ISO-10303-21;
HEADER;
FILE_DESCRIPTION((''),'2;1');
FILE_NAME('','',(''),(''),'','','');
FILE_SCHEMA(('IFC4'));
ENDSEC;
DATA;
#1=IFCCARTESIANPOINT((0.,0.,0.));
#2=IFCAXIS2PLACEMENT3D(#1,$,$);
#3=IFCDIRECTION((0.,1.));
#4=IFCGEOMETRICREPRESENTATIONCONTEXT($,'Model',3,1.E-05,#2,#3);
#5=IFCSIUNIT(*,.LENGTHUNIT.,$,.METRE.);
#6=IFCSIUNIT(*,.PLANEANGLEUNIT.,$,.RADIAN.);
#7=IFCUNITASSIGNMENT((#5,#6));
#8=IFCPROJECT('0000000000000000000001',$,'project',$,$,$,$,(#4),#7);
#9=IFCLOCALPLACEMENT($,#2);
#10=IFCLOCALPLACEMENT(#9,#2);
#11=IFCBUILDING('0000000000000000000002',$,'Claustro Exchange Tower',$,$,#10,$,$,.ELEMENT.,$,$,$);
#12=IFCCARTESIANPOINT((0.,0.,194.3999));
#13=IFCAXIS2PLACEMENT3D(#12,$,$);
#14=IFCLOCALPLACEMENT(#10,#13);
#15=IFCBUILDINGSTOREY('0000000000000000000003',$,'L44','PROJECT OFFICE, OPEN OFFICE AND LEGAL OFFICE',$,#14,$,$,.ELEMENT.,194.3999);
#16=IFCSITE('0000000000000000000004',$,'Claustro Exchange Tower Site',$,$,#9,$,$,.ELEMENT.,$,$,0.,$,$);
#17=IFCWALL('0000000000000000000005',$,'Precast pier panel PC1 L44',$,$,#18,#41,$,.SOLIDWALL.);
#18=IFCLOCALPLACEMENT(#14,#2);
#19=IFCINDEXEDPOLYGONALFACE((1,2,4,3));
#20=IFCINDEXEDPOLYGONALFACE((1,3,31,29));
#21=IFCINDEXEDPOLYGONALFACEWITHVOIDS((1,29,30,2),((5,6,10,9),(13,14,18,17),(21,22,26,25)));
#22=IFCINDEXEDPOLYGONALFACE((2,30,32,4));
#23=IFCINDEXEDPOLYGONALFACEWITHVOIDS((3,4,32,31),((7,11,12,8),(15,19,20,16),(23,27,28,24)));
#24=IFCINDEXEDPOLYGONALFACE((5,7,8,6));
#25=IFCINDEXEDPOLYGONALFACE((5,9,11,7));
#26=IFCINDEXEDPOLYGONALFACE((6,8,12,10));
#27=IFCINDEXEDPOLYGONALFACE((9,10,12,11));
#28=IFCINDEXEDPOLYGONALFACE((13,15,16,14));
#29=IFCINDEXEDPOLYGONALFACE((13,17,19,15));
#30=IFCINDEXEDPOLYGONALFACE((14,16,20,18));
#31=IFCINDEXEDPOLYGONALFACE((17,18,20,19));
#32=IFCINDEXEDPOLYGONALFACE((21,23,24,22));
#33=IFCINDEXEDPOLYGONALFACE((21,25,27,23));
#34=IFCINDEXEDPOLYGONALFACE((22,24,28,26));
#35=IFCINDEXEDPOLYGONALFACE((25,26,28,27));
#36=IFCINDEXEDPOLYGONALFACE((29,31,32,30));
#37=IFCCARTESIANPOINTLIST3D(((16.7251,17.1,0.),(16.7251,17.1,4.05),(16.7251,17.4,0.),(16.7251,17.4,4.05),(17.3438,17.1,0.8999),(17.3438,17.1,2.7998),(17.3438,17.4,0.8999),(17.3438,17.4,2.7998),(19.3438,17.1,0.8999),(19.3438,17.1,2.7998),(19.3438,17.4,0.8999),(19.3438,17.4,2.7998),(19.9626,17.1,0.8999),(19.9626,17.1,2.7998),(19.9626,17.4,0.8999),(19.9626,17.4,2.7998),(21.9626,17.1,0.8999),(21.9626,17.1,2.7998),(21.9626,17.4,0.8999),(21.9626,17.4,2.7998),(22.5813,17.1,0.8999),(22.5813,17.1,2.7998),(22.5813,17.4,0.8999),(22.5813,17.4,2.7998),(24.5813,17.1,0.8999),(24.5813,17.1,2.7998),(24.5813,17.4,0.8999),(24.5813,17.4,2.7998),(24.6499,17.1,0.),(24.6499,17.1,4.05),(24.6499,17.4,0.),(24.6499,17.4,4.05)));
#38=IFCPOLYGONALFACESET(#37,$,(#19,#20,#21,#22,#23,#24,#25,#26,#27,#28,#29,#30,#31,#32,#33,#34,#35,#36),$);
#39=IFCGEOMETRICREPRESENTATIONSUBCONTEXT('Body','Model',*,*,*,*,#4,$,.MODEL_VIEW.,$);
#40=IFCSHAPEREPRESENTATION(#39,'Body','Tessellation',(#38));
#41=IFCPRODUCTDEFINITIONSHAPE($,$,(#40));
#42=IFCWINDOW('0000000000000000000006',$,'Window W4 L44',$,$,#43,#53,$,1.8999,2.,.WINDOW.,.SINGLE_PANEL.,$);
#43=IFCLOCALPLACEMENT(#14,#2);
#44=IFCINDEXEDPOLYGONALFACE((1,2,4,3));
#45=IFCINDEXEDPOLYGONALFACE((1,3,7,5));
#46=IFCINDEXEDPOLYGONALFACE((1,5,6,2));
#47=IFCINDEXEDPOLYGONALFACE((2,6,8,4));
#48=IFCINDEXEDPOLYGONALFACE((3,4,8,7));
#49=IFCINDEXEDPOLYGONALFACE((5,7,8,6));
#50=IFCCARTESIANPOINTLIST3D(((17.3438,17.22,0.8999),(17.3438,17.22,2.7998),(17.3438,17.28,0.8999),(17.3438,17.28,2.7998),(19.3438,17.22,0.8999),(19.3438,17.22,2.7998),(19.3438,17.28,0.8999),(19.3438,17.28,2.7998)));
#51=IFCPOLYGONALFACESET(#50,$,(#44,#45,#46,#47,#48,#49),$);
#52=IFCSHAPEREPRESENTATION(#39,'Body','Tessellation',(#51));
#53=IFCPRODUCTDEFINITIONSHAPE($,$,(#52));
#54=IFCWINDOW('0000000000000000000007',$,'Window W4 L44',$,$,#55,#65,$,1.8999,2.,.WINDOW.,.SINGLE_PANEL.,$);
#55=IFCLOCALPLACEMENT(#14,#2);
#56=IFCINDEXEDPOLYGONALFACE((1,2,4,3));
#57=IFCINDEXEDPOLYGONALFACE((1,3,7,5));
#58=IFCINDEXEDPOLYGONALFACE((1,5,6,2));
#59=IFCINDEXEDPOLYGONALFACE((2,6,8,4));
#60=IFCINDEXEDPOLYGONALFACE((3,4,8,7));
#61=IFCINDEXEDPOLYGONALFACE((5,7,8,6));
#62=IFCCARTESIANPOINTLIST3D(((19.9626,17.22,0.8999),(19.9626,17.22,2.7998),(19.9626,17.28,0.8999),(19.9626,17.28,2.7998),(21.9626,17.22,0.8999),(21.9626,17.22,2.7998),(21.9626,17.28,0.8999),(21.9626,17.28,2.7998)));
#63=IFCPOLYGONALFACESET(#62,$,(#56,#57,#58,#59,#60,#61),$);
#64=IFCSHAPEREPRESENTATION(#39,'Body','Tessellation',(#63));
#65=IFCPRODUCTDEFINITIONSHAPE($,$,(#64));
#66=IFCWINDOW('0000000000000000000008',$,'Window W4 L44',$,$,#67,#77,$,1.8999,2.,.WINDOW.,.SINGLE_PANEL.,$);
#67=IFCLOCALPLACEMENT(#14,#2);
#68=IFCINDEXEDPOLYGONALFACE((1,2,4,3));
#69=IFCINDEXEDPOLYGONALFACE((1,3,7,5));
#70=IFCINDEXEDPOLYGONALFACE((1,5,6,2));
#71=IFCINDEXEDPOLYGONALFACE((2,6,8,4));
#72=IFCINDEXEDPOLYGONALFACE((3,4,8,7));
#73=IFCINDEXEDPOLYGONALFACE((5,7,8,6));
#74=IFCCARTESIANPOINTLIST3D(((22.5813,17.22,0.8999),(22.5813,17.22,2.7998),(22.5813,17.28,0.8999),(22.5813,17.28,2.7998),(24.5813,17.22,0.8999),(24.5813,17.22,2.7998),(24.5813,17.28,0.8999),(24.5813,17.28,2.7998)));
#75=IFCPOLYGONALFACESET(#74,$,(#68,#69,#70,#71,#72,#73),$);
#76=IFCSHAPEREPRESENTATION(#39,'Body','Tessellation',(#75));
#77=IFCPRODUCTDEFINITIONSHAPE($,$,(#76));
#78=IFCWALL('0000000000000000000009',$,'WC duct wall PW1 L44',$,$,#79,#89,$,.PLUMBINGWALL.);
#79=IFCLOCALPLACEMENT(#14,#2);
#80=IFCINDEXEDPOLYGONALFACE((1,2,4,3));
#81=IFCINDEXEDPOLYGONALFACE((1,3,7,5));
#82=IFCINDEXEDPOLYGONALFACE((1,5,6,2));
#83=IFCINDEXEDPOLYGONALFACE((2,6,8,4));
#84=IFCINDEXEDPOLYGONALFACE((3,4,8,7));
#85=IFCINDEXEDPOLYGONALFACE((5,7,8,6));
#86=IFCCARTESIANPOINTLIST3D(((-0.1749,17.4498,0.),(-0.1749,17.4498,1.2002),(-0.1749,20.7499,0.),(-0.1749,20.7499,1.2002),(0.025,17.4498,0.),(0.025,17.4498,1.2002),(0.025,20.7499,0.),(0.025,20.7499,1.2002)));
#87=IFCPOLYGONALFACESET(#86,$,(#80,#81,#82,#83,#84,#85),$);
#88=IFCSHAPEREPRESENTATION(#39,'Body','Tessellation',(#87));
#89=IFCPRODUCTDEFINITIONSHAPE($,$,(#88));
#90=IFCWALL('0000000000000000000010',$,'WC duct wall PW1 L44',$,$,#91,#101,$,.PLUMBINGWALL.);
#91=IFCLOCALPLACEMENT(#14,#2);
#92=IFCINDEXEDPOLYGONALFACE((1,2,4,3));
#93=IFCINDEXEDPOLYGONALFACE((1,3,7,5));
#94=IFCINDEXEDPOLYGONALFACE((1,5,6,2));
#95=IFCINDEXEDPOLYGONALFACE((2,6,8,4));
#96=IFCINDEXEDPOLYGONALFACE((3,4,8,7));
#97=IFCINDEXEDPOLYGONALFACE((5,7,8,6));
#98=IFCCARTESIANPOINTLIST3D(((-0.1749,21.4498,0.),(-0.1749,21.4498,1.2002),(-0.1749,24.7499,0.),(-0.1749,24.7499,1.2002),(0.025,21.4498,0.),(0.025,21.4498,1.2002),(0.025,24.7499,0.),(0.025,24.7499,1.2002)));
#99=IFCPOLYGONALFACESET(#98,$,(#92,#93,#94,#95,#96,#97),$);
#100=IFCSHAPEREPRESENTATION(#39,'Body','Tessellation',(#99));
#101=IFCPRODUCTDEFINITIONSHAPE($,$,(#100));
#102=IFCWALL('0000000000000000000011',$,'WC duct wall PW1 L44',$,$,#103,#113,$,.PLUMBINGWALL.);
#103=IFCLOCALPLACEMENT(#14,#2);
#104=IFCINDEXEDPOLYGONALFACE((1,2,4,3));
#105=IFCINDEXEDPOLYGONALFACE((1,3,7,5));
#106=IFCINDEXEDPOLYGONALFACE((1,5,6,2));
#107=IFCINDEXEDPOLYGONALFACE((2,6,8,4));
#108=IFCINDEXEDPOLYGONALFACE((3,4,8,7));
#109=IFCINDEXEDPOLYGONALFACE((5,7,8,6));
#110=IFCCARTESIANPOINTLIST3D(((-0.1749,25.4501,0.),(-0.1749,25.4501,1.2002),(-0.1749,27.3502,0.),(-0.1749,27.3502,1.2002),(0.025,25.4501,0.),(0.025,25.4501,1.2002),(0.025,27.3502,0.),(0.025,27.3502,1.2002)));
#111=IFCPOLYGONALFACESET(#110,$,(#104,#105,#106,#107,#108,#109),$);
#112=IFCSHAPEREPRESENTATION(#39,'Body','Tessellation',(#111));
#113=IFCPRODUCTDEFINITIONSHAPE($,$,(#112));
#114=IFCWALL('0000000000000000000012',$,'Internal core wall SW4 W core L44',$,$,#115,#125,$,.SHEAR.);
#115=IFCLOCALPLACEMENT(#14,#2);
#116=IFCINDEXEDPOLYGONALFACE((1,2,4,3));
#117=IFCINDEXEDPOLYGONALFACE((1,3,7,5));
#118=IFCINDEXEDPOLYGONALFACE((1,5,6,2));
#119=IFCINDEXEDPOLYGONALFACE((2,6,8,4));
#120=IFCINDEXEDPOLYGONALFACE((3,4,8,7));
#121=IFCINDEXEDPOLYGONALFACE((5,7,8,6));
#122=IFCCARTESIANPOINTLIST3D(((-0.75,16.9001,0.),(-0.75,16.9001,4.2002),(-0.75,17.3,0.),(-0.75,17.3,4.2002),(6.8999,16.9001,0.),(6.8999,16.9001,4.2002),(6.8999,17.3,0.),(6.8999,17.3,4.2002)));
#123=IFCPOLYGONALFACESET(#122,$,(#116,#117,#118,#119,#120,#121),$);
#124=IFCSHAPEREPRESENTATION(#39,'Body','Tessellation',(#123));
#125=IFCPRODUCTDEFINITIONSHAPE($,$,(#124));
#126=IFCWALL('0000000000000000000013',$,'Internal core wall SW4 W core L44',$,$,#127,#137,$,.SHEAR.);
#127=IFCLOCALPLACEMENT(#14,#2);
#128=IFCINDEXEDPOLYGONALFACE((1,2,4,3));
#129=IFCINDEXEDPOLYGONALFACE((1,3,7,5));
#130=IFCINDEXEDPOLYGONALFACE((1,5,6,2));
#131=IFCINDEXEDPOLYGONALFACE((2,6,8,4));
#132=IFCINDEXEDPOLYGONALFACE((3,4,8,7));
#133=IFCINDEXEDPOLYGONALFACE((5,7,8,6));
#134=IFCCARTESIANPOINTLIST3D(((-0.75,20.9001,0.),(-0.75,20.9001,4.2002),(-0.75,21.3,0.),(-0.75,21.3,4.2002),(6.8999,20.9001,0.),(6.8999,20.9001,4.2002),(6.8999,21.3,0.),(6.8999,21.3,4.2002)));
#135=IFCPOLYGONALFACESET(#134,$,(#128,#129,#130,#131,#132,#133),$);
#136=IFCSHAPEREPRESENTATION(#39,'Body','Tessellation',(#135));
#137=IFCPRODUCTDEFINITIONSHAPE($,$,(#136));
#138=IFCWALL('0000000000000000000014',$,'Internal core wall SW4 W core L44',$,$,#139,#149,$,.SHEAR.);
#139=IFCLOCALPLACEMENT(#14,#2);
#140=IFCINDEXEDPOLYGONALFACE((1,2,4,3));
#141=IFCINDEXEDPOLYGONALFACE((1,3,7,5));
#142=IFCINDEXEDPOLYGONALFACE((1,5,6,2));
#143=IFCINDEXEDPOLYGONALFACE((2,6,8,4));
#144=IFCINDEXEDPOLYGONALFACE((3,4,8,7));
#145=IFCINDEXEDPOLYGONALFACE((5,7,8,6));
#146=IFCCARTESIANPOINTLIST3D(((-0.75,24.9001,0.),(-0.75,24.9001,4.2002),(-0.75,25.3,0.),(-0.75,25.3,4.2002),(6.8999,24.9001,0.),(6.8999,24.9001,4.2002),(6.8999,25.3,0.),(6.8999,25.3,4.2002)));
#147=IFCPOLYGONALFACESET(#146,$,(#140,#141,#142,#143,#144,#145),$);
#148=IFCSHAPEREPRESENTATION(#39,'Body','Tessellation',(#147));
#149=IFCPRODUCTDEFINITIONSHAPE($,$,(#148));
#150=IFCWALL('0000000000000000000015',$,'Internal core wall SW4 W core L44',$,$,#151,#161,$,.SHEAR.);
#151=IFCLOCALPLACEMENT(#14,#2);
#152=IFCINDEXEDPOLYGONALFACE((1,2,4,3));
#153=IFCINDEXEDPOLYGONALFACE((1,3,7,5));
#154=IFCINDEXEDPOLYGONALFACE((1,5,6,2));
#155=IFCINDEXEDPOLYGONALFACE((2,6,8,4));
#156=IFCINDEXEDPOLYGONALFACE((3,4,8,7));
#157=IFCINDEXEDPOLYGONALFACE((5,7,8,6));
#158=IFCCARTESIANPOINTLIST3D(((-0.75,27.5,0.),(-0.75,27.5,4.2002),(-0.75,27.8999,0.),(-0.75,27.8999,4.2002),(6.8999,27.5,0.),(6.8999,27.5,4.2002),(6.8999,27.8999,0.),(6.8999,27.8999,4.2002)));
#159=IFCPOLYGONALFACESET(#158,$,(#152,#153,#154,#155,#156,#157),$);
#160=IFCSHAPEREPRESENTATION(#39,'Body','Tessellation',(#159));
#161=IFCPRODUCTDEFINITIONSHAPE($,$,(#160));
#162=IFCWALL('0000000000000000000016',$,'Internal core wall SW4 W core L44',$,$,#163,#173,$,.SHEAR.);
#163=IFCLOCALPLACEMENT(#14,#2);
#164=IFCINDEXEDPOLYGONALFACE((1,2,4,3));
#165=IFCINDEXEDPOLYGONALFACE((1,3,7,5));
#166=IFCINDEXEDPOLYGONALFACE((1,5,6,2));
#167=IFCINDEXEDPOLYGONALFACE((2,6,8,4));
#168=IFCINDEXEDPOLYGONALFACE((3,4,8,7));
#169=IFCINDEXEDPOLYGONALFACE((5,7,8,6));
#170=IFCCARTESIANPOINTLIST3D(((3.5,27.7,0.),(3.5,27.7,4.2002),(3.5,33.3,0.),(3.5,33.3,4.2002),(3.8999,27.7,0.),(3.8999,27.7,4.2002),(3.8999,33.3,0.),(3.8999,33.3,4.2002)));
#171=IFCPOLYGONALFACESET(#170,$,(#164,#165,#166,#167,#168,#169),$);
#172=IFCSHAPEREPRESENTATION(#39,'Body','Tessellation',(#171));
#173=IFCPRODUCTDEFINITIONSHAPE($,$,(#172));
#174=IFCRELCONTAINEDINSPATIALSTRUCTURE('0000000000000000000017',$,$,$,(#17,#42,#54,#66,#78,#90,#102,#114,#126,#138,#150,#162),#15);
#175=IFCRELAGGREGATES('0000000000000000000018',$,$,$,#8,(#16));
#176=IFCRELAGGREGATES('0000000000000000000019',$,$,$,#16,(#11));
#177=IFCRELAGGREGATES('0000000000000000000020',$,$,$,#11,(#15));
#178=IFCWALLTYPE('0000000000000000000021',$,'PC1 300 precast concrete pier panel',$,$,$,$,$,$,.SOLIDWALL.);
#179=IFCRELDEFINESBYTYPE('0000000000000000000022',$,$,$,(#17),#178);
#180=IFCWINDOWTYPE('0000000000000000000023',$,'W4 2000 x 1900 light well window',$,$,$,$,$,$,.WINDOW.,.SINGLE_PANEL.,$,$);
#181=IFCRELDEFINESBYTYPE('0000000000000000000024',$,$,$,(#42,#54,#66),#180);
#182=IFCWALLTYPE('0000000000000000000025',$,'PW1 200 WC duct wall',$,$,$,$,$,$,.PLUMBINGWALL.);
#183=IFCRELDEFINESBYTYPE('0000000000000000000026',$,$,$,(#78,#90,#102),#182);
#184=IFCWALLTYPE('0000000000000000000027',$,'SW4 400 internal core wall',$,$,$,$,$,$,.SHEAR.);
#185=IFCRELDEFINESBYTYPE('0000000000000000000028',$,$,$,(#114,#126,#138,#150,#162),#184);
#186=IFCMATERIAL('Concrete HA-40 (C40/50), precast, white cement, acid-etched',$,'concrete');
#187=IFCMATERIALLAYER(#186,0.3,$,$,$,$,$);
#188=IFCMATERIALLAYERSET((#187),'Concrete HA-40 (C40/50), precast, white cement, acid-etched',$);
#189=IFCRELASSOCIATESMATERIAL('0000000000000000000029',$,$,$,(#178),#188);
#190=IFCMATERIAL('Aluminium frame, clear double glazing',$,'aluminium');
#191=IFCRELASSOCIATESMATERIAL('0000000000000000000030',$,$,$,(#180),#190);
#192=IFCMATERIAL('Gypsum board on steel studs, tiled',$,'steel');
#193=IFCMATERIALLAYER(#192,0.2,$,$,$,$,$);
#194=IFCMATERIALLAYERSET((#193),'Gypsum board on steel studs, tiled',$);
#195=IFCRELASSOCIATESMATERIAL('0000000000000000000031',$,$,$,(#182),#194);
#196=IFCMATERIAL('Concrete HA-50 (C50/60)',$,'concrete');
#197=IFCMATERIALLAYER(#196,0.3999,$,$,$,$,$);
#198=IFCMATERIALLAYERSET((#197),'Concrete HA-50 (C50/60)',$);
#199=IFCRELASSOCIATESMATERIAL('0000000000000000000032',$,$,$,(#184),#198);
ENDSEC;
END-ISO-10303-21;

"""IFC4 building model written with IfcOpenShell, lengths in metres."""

from ifc_helpers import new_model, si_unit, direction, frame, frame_2d, origin, place, context, subcontext, project, spatial, rectangle, extrude, material, layer, layer_set, type_object, element, fill, save


model = new_model("IFC4")

# Units and contexts
model_context = context("Model", 3, precision=1e-05, world=origin(), true_north=direction((0.0, 1.0)))
body_context = subcontext(model_context, "Body", "Model", "MODEL_VIEW")
ifc_project = project(units=[si_unit("LENGTHUNIT", "METRE"), si_unit("PLANEANGLEUNIT", "RADIAN")], contexts=[model_context])

# Site, building, storey
site_placement = place(None, origin())
site = spatial("IfcSite", under=ifc_project, at=site_placement, Name="Claustro Exchange Tower Site", CompositionType="ELEMENT", RefElevation=0.0)
building_placement = place(site_placement, origin())
building = spatial("IfcBuilding", under=site, at=building_placement, Name="Claustro Exchange Tower", CompositionType="ELEMENT")
storey_placement = place(building_placement, frame((0.0, 0.0, 194.3999)))
storey = spatial("IfcBuildingStorey", under=building, at=storey_placement, Name="L44", Description="PROJECT OFFICE, OPEN OFFICE AND LEGAL OFFICE", CompositionType="ELEMENT", Elevation=194.3999)

# Wall, openings, windows
ifc_material_1 = material(Name="Concrete HA-40 (C40/50), precast, white cement, acid-etched", Category="concrete")
ifc_layer_1 = layer(ifc_material_1, 0.3)
ifc_layer_set_1 = layer_set([ifc_layer_1], Name="Concrete HA-40 (C40/50), precast, white cement, acid-etched")
wall_type_1 = type_object("IfcWallType", Name="PC1 300 precast concrete pier panel", PredefinedType="SOLIDWALL", material=ifc_layer_set_1)
ifc_material_2 = material(Name="Aluminium frame, clear double glazing", Category="aluminium")
window_type = type_object("IfcWindowType", Name="W4 2000 x 1900 light well window", PartitioningType="SINGLE_PANEL", PredefinedType="WINDOW", material=ifc_material_2)
wall_1_placement = place(storey_placement, frame((16.7251, 17.25, 0.0), z_axis=(0.0, 0.0, 1.0), x_axis=(1.0, 0.0, 0.0)))
wall_1 = element("IfcWall", 1, at=wall_1_placement, inside=storey, type_object=wall_type_1, Name="Precast pier panel PC1 L44", PredefinedType="SOLIDWALL", context=body_context, shape_type="SweptSolid", body=[
    extrude(rectangle(XDim=7.9248, YDim=0.3, at=frame_2d((3.9624, 0.0))), origin(), (0.0, 0.0, 1.0), 4.05),
])
opening_1_placement = place(wall_1_placement, frame((0.6187, 0.0, 0.8999)))
opening_1 = element("IfcOpeningElement", 2, at=opening_1_placement, cuts=wall_1, PredefinedType="OPENING", context=body_context, shape_type="SweptSolid", body=[
    extrude(rectangle(XDim=2.0, YDim=1.8999, at=frame_2d((1.0, 0.95))), frame((0.0, 0.1599, 0.0), z_axis=(0.0, -1.0, 0.0), x_axis=(1.0, 0.0, 0.0)), (0.0, 0.0, 1.0), 0.3201),
])
opening_2_placement = place(wall_1_placement, frame((3.2375, 0.0, 0.8999)))
opening_2 = element("IfcOpeningElement", 3, at=opening_2_placement, cuts=wall_1, PredefinedType="OPENING", context=body_context, shape_type="SweptSolid", body=[
    extrude(rectangle(XDim=2.0, YDim=1.8999, at=frame_2d((1.0, 0.95))), frame((0.0, 0.1599, 0.0), z_axis=(0.0, -1.0, 0.0), x_axis=(1.0, 0.0, 0.0)), (0.0, 0.0, 1.0), 0.3201),
])
opening_3_placement = place(wall_1_placement, frame((5.8562, 0.0, 0.8999)))
opening_3 = element("IfcOpeningElement", 4, at=opening_3_placement, cuts=wall_1, PredefinedType="OPENING", context=body_context, shape_type="SweptSolid", body=[
    extrude(rectangle(XDim=2.0, YDim=1.8999, at=frame_2d((1.0, 0.95))), frame((0.0, 0.1599, 0.0), z_axis=(0.0, -1.0, 0.0), x_axis=(1.0, 0.0, 0.0)), (0.0, 0.0, 1.0), 0.3201),
])
window_1_placement = place(opening_1_placement, origin())
window_1 = element("IfcWindow", 5, at=window_1_placement, inside=storey, type_object=window_type, Name="Window W4 L44", OverallHeight=1.8999, OverallWidth=2.0, PartitioningType="SINGLE_PANEL", PredefinedType="WINDOW", context=body_context, shape_type="SweptSolid", body=[
    extrude(rectangle(XDim=2.0, YDim=1.8999, at=frame_2d((1.0, 0.95))), frame((0.0, 0.03, 0.0), z_axis=(0.0, -1.0, 0.0), x_axis=(1.0, 0.0, 0.0)), (0.0, 0.0, 1.0), 0.0601),
])
fill(opening_1, window_1)
window_2_placement = place(opening_2_placement, origin())
window_2 = element("IfcWindow", 6, at=window_2_placement, inside=storey, type_object=window_type, Name="Window W4 L44", OverallHeight=1.8999, OverallWidth=2.0, PartitioningType="SINGLE_PANEL", PredefinedType="WINDOW", context=body_context, shape_type="SweptSolid", body=[
    extrude(rectangle(XDim=2.0, YDim=1.8999, at=frame_2d((1.0, 0.95))), frame((0.0, 0.03, 0.0), z_axis=(0.0, -1.0, 0.0), x_axis=(1.0, 0.0, 0.0)), (0.0, 0.0, 1.0), 0.0601),
])
fill(opening_2, window_2)
window_3_placement = place(opening_3_placement, origin())
window_3 = element("IfcWindow", 7, at=window_3_placement, inside=storey, type_object=window_type, Name="Window W4 L44", OverallHeight=1.8999, OverallWidth=2.0, PartitioningType="SINGLE_PANEL", PredefinedType="WINDOW", context=body_context, shape_type="SweptSolid", body=[
    extrude(rectangle(XDim=2.0, YDim=1.8999, at=frame_2d((1.0, 0.95))), frame((0.0, 0.03, 0.0), z_axis=(0.0, -1.0, 0.0), x_axis=(1.0, 0.0, 0.0)), (0.0, 0.0, 1.0), 0.0601),
])
fill(opening_3, window_3)

# Walls
ifc_material_3 = material(Name="Gypsum board on steel studs, tiled", Category="steel")
ifc_layer_2 = layer(ifc_material_3, 0.2)
ifc_layer_set_2 = layer_set([ifc_layer_2], Name="Gypsum board on steel studs, tiled")
wall_type_2 = type_object("IfcWallType", Name="PW1 200 WC duct wall", PredefinedType="PLUMBINGWALL", material=ifc_layer_set_2)
for number, where, z_axis, x_axis, name in (
    (8, (-0.075, 17.45, 0.0), (0.0, 0.0, 1.0), (0.0, 1.0, 0.0), "WC duct wall PW1 L44"),
    (9, (-0.075, 21.45, 0.0), (0.0, 0.0, 1.0), (0.0, 1.0, 0.0), "WC duct wall PW1 L44"),
):
    element("IfcWall", number, at=place(storey_placement, frame(where, z_axis=z_axis, x_axis=x_axis)), inside=storey, type_object=wall_type_2, Name=name, PredefinedType="PLUMBINGWALL", context=body_context, shape_type="SweptSolid", body=[
        extrude(rectangle(XDim=3.3, YDim=0.2, at=frame_2d((1.6499, 0.0))), origin(), (0.0, 0.0, 1.0), 1.2002),
    ])
wall_2_placement = place(storey_placement, frame((-0.075, 25.45, 0.0), z_axis=(0.0, 0.0, 1.0), x_axis=(0.0, 1.0, 0.0)))
element("IfcWall", 10, at=wall_2_placement, inside=storey, type_object=wall_type_2, Name="WC duct wall PW1 L44", PredefinedType="PLUMBINGWALL", context=body_context, shape_type="SweptSolid", body=[
    extrude(rectangle(XDim=1.9001, YDim=0.2, at=frame_2d((0.9502, 0.0))), origin(), (0.0, 0.0, 1.0), 1.2002),
])
ifc_material_4 = material(Name="Concrete HA-50 (C50/60)", Category="concrete")
ifc_layer_3 = layer(ifc_material_4, 0.3999)
ifc_layer_set_3 = layer_set([ifc_layer_3], Name="Concrete HA-50 (C50/60)")
wall_type_3 = type_object("IfcWallType", Name="SW4 400 internal core wall", PredefinedType="SHEAR", material=ifc_layer_set_3)
for number, where, z_axis, x_axis, name in (
    (11, (-0.75, 17.1001, 0.0), (0.0, 0.0, 1.0), (1.0, 0.0, 0.0), "Internal core wall SW4 W core L44"),
    (12, (-0.75, 21.1001, 0.0), (0.0, 0.0, 1.0), (1.0, 0.0, 0.0), "Internal core wall SW4 W core L44"),
    (13, (-0.75, 25.1001, 0.0), (0.0, 0.0, 1.0), (1.0, 0.0, 0.0), "Internal core wall SW4 W core L44"),
    (14, (-0.75, 27.7, 0.0), (0.0, 0.0, 1.0), (1.0, 0.0, 0.0), "Internal core wall SW4 W core L44"),
):
    element("IfcWall", number, at=place(storey_placement, frame(where, z_axis=z_axis, x_axis=x_axis)), inside=storey, type_object=wall_type_3, Name=name, PredefinedType="SHEAR", context=body_context, shape_type="SweptSolid", body=[
        extrude(rectangle(XDim=7.6499, YDim=0.3999, at=frame_2d((3.825, 0.0))), origin(), (0.0, 0.0, 1.0), 4.2002),
    ])
wall_3_placement = place(storey_placement, frame((3.7, 27.7, 0.0), z_axis=(0.0, 0.0, 1.0), x_axis=(0.0, 1.0, 0.0)))
element("IfcWall", 15, at=wall_3_placement, inside=storey, type_object=wall_type_3, Name="Internal core wall SW4 W core L44", PredefinedType="SHEAR", context=body_context, shape_type="SweptSolid", body=[
    extrude(rectangle(XDim=5.6001, YDim=0.3999, at=frame_2d((2.8, 0.0))), origin(), (0.0, 0.0, 1.0), 4.2002),
])

save(model, "model.ifc")
